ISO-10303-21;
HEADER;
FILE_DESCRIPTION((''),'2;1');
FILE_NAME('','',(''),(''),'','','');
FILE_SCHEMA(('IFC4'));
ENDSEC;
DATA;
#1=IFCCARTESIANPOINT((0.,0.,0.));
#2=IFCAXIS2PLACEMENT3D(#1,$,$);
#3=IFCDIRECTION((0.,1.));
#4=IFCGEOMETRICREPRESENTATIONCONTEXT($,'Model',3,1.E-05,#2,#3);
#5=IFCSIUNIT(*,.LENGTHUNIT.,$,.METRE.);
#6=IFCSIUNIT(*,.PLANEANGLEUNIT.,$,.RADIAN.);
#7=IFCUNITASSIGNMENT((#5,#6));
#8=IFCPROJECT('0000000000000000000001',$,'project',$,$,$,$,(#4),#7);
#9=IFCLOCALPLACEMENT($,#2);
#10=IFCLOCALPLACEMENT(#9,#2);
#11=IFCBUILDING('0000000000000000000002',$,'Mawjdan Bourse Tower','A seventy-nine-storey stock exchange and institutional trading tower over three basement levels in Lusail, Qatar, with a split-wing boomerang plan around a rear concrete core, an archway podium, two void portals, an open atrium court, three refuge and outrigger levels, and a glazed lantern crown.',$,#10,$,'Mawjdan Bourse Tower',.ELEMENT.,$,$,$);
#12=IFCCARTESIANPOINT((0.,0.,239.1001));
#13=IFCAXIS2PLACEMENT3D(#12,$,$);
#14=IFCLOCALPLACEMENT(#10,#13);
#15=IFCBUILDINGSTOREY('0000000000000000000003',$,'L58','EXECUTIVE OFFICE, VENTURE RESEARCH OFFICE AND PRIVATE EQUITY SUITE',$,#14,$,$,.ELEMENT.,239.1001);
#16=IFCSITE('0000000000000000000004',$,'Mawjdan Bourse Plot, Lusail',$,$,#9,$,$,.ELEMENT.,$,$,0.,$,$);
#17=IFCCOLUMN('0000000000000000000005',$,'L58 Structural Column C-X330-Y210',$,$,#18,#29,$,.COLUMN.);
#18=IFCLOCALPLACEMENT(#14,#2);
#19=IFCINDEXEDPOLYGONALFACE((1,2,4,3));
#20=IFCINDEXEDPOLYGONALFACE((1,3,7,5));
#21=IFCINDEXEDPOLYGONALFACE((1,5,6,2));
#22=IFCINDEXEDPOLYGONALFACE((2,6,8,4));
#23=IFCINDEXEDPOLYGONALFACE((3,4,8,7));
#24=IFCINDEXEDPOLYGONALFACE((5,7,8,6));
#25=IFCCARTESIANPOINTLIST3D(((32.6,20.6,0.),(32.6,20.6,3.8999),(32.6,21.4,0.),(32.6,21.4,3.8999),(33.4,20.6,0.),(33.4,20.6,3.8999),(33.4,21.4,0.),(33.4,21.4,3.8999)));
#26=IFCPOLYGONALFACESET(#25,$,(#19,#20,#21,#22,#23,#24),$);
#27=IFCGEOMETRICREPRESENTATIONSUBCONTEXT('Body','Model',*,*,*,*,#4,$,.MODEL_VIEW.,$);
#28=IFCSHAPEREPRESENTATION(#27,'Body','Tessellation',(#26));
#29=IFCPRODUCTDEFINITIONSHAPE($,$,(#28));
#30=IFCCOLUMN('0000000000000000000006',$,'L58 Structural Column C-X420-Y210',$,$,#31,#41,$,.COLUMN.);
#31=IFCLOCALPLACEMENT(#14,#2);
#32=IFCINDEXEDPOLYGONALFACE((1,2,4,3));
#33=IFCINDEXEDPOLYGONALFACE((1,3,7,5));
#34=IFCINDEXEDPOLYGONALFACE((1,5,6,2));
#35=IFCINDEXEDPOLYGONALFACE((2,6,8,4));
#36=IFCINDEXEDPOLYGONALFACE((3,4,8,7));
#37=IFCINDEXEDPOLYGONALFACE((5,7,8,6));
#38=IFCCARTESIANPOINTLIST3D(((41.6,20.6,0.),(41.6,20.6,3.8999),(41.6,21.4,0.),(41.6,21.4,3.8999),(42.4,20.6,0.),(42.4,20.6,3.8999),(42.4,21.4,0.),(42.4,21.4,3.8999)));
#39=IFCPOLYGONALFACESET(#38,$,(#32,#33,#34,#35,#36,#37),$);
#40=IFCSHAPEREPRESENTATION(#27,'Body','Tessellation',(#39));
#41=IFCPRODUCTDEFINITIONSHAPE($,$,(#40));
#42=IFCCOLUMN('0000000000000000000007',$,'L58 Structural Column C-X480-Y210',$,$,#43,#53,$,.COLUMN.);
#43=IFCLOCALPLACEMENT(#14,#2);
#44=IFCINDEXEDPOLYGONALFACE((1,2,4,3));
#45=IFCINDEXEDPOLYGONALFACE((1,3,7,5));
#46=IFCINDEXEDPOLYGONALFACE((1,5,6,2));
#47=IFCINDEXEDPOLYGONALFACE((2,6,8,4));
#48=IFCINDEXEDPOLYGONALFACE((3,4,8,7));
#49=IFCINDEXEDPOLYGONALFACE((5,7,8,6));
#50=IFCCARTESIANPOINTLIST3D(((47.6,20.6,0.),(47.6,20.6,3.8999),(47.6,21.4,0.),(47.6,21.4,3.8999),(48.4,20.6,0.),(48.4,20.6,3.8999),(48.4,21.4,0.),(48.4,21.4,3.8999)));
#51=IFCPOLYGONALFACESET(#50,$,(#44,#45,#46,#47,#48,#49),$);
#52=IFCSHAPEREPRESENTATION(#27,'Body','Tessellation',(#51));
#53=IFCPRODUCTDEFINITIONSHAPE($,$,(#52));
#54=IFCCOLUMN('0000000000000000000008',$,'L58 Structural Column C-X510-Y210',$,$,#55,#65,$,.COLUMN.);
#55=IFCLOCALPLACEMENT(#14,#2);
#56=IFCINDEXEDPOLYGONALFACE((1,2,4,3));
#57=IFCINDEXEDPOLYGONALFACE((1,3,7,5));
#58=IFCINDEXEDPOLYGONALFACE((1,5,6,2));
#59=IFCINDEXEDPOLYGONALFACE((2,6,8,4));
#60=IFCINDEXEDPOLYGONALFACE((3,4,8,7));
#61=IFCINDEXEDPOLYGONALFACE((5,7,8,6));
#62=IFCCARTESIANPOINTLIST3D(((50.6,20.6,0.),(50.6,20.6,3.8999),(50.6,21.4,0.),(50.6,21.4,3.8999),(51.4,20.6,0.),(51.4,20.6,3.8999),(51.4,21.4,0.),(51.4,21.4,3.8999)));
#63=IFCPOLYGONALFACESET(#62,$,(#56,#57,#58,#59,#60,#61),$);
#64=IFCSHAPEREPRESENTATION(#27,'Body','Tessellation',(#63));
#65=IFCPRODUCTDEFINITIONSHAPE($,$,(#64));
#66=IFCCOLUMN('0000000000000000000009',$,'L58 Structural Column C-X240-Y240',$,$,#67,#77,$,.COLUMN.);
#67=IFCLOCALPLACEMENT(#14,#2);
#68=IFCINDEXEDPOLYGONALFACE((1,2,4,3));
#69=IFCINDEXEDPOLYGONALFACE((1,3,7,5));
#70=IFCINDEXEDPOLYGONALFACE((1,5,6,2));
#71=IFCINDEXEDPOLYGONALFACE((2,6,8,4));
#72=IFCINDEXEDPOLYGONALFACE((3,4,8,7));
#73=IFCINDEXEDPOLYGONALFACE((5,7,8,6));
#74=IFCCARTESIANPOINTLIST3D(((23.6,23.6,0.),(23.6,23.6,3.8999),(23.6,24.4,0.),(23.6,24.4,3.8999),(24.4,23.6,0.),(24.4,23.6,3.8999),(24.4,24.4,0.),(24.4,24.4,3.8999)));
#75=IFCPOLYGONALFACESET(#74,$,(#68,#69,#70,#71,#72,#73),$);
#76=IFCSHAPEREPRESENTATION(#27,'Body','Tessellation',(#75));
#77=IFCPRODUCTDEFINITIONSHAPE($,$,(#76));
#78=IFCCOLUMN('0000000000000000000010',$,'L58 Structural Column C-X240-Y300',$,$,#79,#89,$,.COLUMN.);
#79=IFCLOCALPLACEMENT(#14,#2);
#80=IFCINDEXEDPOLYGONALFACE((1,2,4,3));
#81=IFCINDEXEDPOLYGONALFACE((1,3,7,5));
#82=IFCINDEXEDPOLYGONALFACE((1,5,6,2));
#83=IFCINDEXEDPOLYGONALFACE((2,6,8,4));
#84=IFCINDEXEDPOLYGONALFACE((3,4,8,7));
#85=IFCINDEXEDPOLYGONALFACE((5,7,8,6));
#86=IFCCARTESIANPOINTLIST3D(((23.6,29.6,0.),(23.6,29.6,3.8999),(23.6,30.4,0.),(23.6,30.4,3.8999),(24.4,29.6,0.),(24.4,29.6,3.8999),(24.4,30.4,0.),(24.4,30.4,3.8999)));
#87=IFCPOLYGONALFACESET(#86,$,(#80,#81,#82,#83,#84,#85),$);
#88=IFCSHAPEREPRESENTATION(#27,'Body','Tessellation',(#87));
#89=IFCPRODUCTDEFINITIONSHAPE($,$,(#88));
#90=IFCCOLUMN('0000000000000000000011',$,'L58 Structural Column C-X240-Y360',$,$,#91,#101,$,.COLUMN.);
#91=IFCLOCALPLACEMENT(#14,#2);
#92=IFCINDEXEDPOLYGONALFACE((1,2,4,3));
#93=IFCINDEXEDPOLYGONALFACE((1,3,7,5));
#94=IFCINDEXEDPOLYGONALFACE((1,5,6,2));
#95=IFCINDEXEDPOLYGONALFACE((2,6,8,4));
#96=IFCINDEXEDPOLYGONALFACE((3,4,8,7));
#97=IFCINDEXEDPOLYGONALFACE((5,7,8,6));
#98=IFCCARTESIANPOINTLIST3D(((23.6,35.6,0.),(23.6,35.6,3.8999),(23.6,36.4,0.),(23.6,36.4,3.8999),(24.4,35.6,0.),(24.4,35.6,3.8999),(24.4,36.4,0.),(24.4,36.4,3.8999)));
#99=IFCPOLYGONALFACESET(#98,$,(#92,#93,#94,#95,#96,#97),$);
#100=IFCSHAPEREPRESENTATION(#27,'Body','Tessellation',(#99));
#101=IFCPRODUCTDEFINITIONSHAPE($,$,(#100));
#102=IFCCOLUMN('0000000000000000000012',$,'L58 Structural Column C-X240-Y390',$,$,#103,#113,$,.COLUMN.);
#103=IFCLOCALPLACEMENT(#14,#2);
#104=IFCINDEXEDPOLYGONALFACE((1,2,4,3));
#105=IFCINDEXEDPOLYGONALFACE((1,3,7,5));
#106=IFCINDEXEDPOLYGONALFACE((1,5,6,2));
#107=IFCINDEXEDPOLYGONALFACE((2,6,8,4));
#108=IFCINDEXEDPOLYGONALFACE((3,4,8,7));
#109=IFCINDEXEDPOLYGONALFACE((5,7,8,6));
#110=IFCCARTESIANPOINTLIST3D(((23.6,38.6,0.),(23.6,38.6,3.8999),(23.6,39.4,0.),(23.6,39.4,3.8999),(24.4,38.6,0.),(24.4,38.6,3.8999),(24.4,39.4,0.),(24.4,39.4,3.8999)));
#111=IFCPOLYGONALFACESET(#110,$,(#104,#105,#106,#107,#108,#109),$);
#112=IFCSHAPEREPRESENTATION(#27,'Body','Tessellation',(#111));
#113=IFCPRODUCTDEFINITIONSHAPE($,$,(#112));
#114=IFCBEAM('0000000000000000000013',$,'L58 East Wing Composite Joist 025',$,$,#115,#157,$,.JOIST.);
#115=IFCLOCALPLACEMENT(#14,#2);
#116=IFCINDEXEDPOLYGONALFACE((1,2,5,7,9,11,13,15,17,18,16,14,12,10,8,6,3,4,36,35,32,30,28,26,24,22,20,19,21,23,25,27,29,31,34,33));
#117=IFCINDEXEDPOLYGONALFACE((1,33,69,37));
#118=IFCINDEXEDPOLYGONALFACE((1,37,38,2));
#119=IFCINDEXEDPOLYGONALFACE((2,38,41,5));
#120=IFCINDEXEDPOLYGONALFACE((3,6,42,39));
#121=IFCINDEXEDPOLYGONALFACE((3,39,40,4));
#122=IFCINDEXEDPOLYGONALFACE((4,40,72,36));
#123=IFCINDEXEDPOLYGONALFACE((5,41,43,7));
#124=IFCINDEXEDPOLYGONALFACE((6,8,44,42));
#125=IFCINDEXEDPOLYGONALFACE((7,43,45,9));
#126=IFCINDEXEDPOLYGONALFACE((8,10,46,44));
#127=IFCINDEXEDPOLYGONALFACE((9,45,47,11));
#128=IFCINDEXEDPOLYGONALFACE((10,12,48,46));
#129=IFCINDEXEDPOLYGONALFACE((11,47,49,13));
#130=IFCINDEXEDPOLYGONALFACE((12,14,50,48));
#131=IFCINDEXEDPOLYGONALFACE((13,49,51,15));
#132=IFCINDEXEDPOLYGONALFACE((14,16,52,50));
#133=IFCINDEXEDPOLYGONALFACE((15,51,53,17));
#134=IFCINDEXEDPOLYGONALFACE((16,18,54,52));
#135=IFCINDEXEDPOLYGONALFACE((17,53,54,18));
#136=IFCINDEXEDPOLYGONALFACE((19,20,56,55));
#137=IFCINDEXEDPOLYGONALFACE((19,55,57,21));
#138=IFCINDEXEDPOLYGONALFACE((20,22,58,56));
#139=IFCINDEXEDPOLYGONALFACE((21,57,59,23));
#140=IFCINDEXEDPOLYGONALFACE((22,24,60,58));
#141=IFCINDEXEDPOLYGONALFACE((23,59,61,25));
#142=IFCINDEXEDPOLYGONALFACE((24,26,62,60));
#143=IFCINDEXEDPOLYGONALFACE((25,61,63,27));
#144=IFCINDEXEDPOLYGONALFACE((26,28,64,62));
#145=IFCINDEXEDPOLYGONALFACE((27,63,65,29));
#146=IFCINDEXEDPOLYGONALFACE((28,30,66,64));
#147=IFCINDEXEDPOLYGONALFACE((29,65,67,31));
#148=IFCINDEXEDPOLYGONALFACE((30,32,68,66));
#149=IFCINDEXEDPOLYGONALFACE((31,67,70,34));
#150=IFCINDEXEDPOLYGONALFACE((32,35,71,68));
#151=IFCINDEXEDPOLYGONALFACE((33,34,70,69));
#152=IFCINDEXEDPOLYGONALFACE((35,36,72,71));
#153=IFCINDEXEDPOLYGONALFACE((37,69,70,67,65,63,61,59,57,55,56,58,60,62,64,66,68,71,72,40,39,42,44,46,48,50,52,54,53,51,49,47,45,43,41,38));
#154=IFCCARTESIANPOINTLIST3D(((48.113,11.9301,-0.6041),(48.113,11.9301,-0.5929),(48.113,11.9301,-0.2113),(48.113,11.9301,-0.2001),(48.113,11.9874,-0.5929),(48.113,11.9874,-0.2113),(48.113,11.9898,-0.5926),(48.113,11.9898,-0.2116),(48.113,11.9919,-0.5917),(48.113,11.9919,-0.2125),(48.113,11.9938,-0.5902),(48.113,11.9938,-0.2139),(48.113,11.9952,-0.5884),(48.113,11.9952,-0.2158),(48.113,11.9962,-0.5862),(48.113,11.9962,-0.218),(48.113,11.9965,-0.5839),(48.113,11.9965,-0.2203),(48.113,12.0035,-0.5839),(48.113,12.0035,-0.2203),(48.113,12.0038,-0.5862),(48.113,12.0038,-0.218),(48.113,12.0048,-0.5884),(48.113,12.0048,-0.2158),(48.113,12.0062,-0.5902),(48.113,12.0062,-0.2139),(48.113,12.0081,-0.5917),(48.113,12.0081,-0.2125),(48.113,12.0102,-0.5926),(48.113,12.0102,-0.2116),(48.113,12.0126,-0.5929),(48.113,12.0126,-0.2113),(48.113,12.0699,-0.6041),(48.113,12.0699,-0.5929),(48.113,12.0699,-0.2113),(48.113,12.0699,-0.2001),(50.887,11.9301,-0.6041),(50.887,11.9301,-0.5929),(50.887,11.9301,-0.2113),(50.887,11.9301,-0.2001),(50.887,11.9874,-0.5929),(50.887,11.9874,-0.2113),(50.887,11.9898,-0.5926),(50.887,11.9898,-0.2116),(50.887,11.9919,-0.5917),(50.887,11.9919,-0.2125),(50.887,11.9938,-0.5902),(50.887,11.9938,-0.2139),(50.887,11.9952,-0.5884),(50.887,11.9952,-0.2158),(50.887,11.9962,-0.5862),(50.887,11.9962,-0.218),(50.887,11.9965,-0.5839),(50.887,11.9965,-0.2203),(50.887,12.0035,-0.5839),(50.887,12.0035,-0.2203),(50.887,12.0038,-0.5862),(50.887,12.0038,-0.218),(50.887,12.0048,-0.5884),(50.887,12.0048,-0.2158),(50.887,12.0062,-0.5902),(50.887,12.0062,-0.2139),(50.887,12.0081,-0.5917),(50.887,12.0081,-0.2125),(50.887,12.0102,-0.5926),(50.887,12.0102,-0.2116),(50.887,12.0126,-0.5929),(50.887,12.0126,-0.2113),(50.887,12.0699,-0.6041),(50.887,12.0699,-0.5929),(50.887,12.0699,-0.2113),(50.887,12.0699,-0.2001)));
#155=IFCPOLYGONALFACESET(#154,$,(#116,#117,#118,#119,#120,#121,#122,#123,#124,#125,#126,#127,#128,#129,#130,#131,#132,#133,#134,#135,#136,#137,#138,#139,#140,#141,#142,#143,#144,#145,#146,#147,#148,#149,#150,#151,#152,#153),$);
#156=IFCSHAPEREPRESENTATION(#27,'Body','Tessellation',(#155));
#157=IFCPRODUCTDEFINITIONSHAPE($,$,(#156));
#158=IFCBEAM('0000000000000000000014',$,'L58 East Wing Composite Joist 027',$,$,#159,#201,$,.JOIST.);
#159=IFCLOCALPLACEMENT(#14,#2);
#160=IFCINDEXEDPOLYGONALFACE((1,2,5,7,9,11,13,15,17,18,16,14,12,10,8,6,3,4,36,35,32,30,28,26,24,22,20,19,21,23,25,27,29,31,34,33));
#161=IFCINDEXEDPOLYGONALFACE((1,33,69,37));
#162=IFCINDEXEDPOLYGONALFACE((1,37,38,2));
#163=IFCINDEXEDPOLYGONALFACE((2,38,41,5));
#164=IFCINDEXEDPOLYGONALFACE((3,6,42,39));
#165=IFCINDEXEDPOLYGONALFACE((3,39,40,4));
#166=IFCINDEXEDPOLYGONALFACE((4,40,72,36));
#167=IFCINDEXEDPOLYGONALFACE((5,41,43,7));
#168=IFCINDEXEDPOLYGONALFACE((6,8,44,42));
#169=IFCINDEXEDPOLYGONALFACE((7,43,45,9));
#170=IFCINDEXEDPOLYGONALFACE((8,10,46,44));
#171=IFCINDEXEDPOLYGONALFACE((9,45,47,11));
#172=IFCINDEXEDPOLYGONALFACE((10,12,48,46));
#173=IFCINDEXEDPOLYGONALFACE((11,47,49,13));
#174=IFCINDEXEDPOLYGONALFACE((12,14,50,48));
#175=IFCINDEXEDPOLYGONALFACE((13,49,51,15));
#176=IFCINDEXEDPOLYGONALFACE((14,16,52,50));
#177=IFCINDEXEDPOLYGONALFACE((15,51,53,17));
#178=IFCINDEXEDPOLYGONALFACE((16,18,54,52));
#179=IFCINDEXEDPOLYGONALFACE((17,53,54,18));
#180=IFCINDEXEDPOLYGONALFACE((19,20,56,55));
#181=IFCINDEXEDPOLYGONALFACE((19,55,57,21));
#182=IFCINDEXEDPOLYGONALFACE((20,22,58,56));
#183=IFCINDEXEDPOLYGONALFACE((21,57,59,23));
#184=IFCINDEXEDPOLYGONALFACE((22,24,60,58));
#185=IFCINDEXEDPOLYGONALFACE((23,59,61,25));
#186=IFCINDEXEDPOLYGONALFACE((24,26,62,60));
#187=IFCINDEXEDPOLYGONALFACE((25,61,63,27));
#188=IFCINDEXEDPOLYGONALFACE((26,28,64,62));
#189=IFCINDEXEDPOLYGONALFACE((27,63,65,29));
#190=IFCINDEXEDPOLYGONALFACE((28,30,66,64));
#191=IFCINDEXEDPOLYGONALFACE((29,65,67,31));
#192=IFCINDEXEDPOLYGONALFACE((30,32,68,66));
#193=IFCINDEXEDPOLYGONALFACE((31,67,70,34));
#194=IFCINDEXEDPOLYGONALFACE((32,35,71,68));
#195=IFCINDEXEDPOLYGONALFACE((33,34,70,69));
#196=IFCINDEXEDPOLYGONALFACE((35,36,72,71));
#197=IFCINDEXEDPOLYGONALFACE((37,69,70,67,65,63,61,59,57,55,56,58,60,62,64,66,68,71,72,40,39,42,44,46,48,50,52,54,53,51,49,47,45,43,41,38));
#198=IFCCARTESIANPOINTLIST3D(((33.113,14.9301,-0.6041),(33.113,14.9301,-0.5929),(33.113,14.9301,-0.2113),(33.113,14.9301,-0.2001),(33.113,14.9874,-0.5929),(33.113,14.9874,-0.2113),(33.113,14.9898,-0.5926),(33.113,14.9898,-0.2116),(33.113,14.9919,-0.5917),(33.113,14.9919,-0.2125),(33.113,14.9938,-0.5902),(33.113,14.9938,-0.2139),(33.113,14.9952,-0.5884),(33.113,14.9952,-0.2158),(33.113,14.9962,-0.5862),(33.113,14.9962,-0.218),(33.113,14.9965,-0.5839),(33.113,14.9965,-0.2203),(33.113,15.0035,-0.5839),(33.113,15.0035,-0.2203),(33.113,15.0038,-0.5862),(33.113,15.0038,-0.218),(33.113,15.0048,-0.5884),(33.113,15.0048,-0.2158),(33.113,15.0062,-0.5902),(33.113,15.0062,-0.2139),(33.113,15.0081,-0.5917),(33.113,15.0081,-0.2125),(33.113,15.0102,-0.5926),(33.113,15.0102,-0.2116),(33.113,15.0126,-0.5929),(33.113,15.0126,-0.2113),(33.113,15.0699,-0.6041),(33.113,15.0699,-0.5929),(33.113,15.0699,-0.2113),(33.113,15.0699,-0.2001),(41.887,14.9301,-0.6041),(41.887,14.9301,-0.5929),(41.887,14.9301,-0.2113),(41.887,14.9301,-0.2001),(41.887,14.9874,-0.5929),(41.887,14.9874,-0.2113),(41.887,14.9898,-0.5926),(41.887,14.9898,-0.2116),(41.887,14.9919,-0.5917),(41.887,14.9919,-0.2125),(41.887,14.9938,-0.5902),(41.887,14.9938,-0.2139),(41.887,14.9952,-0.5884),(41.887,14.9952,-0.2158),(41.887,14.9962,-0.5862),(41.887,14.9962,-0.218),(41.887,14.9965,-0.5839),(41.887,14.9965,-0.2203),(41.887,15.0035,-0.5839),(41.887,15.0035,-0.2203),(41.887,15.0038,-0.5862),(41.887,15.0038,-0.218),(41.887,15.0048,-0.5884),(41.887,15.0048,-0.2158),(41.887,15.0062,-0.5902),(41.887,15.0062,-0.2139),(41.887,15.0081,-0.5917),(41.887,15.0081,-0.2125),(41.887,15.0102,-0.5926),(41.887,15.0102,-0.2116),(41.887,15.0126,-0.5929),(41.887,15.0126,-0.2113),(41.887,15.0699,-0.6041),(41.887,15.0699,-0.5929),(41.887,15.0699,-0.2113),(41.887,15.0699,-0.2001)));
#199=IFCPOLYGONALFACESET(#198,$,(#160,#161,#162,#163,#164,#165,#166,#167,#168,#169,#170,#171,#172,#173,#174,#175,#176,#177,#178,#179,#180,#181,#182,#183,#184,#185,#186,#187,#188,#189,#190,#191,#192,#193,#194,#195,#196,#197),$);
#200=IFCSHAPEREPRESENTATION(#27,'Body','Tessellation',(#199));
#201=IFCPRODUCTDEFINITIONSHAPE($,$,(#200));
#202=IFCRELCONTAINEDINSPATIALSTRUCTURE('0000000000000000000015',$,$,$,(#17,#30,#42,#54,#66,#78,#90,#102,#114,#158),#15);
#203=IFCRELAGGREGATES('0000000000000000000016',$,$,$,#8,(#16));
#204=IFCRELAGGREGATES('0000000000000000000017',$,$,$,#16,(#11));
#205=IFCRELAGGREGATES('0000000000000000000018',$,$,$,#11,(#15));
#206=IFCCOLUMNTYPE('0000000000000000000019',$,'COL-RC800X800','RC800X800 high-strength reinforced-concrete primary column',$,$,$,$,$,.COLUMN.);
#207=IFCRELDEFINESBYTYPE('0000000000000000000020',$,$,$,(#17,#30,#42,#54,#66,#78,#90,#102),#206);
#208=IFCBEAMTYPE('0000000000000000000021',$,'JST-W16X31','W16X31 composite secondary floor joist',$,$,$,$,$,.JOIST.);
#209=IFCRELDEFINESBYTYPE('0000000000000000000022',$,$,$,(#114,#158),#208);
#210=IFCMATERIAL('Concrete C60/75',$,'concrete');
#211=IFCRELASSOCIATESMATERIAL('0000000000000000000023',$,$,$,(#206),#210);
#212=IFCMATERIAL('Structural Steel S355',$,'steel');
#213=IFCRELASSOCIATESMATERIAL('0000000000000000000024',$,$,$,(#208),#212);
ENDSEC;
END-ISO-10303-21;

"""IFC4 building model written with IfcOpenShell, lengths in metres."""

from ifc_helpers import new_model, si_unit, direction, frame, origin, origin_2d, place, context, subcontext, project, spatial, rectangle, i_section, extrude, material, material_profile, profile_set, type_object, element, save


model = new_model("IFC4")

# Units and contexts
model_context = context("Model", 3, precision=1e-05, world=origin(), true_north=direction((0.0, 1.0)))
body_context = subcontext(model_context, "Body", "Model", "MODEL_VIEW")
ifc_project = project(units=[si_unit("LENGTHUNIT", "METRE"), si_unit("PLANEANGLEUNIT", "RADIAN")], contexts=[model_context])

# Site, building, storey
site_placement = place(None, origin())
site = spatial("IfcSite", under=ifc_project, at=site_placement, Name="Mawjdan Bourse Plot, Lusail", CompositionType="ELEMENT", RefElevation=0.0)
building_placement = place(site_placement, origin())
building = spatial("IfcBuilding", under=site, at=building_placement, Name="Mawjdan Bourse Tower", Description="A seventy-nine-storey stock exchange and institutional trading tower over three basement levels in Lusail, Qatar, with a split-wing boomerang plan around a rear concrete core, an archway podium, two void portals, an open atrium court, three refuge and outrigger levels, and a glazed lantern crown.", LongName="Mawjdan Bourse Tower", CompositionType="ELEMENT")
storey_placement = place(building_placement, frame((0.0, 0.0, 239.1001)))
storey = spatial("IfcBuildingStorey", under=building, at=storey_placement, Name="L58", Description="EXECUTIVE OFFICE, VENTURE RESEARCH OFFICE AND PRIVATE EQUITY SUITE", CompositionType="ELEMENT", Elevation=239.1001)

# Columns
ifc_material_1 = material(Name="Concrete C60/75", Category="concrete")
ifc_material_profile_1 = material_profile(ifc_material_1, rectangle(XDim=0.8, YDim=0.8, at=origin_2d()), Name="RC800X800")
ifc_profile_set_1 = profile_set([ifc_material_profile_1], Name="Concrete C60/75")
column_type = type_object("IfcColumnType", Name="COL-RC800X800", Description="RC800X800 high-strength reinforced-concrete primary column", PredefinedType="COLUMN", material=ifc_profile_set_1)
for number, where, z_axis, x_axis, name in (
    (1, (33.0, 21.0, 0.0), (0.0, 0.0, 1.0), (1.0, 0.0, 0.0), "L58 Structural Column C-X330-Y210"),
    (2, (42.0, 21.0, 0.0), (0.0, 0.0, 1.0), (1.0, 0.0, 0.0), "L58 Structural Column C-X420-Y210"),
    (3, (48.0, 21.0, 0.0), (0.0, 0.0, 1.0), (1.0, 0.0, 0.0), "L58 Structural Column C-X480-Y210"),
    (4, (51.0, 21.0, 0.0), (0.0, 0.0, 1.0), (1.0, 0.0, 0.0), "L58 Structural Column C-X510-Y210"),
    (5, (24.0, 24.0, 0.0), (0.0, 0.0, 1.0), (1.0, 0.0, 0.0), "L58 Structural Column C-X240-Y240"),
    (6, (24.0, 30.0, 0.0), (0.0, 0.0, 1.0), (1.0, 0.0, 0.0), "L58 Structural Column C-X240-Y300"),
    (7, (24.0, 36.0, 0.0), (0.0, 0.0, 1.0), (1.0, 0.0, 0.0), "L58 Structural Column C-X240-Y360"),
    (8, (24.0, 39.0, 0.0), (0.0, 0.0, 1.0), (1.0, 0.0, 0.0), "L58 Structural Column C-X240-Y390"),
):
    element("IfcColumn", number, at=place(storey_placement, frame(where, z_axis=z_axis, x_axis=x_axis)), inside=storey, type_object=column_type, Name=name, PredefinedType="COLUMN", context=body_context, shape_type="SweptSolid", body=[
        extrude(rectangle(XDim=0.8, YDim=0.8, at=origin_2d()), origin(), (0.0, 0.0, 1.0), 3.8999),
    ])

# Beams
ifc_material_2 = material(Name="Structural Steel S355", Category="steel")
ifc_material_profile_2 = material_profile(ifc_material_2, i_section(OverallWidth=0.1399, OverallDepth=0.4041, WebThickness=0.0071, FlangeThickness=0.0112, FilletRadius=0.009, at=origin_2d()), Name="W16X31")
ifc_profile_set_2 = profile_set([ifc_material_profile_2], Name="Structural Steel S355")
beam_type_1 = type_object("IfcBeamType", Name="JST-W16X31", Description="W16X31 composite secondary floor joist", PredefinedType="JOIST", material=ifc_profile_set_2)
beam_1_placement = place(storey_placement, frame((48.113, 12.0, -0.4021), z_axis=(1.0, 0.0, 0.0), x_axis=(0.0, 1.0, 0.0)))
element("IfcBeam", 9, at=beam_1_placement, inside=storey, type_object=beam_type_1, Name="L58 East Wing Composite Joist 025", PredefinedType="JOIST", context=body_context, shape_type="SweptSolid", body=[
    extrude(i_section(OverallWidth=0.1399, OverallDepth=0.4041, WebThickness=0.0071, FlangeThickness=0.0112, FilletRadius=0.009, at=origin_2d()), origin(), (0.0, 0.0, 1.0), 2.7739),
])
beam_2_placement = place(storey_placement, frame((33.113, 15.0, -0.4021), z_axis=(1.0, 0.0, 0.0), x_axis=(0.0, 1.0, 0.0)))
element("IfcBeam", 10, at=beam_2_placement, inside=storey, type_object=beam_type_1, Name="L58 East Wing Composite Joist 027", PredefinedType="JOIST", context=body_context, shape_type="SweptSolid", body=[
    extrude(i_section(OverallWidth=0.1399, OverallDepth=0.4041, WebThickness=0.0071, FlangeThickness=0.0112, FilletRadius=0.009, at=origin_2d()), origin(), (0.0, 0.0, 1.0), 8.7739),
])

save(model, "model.ifc")
